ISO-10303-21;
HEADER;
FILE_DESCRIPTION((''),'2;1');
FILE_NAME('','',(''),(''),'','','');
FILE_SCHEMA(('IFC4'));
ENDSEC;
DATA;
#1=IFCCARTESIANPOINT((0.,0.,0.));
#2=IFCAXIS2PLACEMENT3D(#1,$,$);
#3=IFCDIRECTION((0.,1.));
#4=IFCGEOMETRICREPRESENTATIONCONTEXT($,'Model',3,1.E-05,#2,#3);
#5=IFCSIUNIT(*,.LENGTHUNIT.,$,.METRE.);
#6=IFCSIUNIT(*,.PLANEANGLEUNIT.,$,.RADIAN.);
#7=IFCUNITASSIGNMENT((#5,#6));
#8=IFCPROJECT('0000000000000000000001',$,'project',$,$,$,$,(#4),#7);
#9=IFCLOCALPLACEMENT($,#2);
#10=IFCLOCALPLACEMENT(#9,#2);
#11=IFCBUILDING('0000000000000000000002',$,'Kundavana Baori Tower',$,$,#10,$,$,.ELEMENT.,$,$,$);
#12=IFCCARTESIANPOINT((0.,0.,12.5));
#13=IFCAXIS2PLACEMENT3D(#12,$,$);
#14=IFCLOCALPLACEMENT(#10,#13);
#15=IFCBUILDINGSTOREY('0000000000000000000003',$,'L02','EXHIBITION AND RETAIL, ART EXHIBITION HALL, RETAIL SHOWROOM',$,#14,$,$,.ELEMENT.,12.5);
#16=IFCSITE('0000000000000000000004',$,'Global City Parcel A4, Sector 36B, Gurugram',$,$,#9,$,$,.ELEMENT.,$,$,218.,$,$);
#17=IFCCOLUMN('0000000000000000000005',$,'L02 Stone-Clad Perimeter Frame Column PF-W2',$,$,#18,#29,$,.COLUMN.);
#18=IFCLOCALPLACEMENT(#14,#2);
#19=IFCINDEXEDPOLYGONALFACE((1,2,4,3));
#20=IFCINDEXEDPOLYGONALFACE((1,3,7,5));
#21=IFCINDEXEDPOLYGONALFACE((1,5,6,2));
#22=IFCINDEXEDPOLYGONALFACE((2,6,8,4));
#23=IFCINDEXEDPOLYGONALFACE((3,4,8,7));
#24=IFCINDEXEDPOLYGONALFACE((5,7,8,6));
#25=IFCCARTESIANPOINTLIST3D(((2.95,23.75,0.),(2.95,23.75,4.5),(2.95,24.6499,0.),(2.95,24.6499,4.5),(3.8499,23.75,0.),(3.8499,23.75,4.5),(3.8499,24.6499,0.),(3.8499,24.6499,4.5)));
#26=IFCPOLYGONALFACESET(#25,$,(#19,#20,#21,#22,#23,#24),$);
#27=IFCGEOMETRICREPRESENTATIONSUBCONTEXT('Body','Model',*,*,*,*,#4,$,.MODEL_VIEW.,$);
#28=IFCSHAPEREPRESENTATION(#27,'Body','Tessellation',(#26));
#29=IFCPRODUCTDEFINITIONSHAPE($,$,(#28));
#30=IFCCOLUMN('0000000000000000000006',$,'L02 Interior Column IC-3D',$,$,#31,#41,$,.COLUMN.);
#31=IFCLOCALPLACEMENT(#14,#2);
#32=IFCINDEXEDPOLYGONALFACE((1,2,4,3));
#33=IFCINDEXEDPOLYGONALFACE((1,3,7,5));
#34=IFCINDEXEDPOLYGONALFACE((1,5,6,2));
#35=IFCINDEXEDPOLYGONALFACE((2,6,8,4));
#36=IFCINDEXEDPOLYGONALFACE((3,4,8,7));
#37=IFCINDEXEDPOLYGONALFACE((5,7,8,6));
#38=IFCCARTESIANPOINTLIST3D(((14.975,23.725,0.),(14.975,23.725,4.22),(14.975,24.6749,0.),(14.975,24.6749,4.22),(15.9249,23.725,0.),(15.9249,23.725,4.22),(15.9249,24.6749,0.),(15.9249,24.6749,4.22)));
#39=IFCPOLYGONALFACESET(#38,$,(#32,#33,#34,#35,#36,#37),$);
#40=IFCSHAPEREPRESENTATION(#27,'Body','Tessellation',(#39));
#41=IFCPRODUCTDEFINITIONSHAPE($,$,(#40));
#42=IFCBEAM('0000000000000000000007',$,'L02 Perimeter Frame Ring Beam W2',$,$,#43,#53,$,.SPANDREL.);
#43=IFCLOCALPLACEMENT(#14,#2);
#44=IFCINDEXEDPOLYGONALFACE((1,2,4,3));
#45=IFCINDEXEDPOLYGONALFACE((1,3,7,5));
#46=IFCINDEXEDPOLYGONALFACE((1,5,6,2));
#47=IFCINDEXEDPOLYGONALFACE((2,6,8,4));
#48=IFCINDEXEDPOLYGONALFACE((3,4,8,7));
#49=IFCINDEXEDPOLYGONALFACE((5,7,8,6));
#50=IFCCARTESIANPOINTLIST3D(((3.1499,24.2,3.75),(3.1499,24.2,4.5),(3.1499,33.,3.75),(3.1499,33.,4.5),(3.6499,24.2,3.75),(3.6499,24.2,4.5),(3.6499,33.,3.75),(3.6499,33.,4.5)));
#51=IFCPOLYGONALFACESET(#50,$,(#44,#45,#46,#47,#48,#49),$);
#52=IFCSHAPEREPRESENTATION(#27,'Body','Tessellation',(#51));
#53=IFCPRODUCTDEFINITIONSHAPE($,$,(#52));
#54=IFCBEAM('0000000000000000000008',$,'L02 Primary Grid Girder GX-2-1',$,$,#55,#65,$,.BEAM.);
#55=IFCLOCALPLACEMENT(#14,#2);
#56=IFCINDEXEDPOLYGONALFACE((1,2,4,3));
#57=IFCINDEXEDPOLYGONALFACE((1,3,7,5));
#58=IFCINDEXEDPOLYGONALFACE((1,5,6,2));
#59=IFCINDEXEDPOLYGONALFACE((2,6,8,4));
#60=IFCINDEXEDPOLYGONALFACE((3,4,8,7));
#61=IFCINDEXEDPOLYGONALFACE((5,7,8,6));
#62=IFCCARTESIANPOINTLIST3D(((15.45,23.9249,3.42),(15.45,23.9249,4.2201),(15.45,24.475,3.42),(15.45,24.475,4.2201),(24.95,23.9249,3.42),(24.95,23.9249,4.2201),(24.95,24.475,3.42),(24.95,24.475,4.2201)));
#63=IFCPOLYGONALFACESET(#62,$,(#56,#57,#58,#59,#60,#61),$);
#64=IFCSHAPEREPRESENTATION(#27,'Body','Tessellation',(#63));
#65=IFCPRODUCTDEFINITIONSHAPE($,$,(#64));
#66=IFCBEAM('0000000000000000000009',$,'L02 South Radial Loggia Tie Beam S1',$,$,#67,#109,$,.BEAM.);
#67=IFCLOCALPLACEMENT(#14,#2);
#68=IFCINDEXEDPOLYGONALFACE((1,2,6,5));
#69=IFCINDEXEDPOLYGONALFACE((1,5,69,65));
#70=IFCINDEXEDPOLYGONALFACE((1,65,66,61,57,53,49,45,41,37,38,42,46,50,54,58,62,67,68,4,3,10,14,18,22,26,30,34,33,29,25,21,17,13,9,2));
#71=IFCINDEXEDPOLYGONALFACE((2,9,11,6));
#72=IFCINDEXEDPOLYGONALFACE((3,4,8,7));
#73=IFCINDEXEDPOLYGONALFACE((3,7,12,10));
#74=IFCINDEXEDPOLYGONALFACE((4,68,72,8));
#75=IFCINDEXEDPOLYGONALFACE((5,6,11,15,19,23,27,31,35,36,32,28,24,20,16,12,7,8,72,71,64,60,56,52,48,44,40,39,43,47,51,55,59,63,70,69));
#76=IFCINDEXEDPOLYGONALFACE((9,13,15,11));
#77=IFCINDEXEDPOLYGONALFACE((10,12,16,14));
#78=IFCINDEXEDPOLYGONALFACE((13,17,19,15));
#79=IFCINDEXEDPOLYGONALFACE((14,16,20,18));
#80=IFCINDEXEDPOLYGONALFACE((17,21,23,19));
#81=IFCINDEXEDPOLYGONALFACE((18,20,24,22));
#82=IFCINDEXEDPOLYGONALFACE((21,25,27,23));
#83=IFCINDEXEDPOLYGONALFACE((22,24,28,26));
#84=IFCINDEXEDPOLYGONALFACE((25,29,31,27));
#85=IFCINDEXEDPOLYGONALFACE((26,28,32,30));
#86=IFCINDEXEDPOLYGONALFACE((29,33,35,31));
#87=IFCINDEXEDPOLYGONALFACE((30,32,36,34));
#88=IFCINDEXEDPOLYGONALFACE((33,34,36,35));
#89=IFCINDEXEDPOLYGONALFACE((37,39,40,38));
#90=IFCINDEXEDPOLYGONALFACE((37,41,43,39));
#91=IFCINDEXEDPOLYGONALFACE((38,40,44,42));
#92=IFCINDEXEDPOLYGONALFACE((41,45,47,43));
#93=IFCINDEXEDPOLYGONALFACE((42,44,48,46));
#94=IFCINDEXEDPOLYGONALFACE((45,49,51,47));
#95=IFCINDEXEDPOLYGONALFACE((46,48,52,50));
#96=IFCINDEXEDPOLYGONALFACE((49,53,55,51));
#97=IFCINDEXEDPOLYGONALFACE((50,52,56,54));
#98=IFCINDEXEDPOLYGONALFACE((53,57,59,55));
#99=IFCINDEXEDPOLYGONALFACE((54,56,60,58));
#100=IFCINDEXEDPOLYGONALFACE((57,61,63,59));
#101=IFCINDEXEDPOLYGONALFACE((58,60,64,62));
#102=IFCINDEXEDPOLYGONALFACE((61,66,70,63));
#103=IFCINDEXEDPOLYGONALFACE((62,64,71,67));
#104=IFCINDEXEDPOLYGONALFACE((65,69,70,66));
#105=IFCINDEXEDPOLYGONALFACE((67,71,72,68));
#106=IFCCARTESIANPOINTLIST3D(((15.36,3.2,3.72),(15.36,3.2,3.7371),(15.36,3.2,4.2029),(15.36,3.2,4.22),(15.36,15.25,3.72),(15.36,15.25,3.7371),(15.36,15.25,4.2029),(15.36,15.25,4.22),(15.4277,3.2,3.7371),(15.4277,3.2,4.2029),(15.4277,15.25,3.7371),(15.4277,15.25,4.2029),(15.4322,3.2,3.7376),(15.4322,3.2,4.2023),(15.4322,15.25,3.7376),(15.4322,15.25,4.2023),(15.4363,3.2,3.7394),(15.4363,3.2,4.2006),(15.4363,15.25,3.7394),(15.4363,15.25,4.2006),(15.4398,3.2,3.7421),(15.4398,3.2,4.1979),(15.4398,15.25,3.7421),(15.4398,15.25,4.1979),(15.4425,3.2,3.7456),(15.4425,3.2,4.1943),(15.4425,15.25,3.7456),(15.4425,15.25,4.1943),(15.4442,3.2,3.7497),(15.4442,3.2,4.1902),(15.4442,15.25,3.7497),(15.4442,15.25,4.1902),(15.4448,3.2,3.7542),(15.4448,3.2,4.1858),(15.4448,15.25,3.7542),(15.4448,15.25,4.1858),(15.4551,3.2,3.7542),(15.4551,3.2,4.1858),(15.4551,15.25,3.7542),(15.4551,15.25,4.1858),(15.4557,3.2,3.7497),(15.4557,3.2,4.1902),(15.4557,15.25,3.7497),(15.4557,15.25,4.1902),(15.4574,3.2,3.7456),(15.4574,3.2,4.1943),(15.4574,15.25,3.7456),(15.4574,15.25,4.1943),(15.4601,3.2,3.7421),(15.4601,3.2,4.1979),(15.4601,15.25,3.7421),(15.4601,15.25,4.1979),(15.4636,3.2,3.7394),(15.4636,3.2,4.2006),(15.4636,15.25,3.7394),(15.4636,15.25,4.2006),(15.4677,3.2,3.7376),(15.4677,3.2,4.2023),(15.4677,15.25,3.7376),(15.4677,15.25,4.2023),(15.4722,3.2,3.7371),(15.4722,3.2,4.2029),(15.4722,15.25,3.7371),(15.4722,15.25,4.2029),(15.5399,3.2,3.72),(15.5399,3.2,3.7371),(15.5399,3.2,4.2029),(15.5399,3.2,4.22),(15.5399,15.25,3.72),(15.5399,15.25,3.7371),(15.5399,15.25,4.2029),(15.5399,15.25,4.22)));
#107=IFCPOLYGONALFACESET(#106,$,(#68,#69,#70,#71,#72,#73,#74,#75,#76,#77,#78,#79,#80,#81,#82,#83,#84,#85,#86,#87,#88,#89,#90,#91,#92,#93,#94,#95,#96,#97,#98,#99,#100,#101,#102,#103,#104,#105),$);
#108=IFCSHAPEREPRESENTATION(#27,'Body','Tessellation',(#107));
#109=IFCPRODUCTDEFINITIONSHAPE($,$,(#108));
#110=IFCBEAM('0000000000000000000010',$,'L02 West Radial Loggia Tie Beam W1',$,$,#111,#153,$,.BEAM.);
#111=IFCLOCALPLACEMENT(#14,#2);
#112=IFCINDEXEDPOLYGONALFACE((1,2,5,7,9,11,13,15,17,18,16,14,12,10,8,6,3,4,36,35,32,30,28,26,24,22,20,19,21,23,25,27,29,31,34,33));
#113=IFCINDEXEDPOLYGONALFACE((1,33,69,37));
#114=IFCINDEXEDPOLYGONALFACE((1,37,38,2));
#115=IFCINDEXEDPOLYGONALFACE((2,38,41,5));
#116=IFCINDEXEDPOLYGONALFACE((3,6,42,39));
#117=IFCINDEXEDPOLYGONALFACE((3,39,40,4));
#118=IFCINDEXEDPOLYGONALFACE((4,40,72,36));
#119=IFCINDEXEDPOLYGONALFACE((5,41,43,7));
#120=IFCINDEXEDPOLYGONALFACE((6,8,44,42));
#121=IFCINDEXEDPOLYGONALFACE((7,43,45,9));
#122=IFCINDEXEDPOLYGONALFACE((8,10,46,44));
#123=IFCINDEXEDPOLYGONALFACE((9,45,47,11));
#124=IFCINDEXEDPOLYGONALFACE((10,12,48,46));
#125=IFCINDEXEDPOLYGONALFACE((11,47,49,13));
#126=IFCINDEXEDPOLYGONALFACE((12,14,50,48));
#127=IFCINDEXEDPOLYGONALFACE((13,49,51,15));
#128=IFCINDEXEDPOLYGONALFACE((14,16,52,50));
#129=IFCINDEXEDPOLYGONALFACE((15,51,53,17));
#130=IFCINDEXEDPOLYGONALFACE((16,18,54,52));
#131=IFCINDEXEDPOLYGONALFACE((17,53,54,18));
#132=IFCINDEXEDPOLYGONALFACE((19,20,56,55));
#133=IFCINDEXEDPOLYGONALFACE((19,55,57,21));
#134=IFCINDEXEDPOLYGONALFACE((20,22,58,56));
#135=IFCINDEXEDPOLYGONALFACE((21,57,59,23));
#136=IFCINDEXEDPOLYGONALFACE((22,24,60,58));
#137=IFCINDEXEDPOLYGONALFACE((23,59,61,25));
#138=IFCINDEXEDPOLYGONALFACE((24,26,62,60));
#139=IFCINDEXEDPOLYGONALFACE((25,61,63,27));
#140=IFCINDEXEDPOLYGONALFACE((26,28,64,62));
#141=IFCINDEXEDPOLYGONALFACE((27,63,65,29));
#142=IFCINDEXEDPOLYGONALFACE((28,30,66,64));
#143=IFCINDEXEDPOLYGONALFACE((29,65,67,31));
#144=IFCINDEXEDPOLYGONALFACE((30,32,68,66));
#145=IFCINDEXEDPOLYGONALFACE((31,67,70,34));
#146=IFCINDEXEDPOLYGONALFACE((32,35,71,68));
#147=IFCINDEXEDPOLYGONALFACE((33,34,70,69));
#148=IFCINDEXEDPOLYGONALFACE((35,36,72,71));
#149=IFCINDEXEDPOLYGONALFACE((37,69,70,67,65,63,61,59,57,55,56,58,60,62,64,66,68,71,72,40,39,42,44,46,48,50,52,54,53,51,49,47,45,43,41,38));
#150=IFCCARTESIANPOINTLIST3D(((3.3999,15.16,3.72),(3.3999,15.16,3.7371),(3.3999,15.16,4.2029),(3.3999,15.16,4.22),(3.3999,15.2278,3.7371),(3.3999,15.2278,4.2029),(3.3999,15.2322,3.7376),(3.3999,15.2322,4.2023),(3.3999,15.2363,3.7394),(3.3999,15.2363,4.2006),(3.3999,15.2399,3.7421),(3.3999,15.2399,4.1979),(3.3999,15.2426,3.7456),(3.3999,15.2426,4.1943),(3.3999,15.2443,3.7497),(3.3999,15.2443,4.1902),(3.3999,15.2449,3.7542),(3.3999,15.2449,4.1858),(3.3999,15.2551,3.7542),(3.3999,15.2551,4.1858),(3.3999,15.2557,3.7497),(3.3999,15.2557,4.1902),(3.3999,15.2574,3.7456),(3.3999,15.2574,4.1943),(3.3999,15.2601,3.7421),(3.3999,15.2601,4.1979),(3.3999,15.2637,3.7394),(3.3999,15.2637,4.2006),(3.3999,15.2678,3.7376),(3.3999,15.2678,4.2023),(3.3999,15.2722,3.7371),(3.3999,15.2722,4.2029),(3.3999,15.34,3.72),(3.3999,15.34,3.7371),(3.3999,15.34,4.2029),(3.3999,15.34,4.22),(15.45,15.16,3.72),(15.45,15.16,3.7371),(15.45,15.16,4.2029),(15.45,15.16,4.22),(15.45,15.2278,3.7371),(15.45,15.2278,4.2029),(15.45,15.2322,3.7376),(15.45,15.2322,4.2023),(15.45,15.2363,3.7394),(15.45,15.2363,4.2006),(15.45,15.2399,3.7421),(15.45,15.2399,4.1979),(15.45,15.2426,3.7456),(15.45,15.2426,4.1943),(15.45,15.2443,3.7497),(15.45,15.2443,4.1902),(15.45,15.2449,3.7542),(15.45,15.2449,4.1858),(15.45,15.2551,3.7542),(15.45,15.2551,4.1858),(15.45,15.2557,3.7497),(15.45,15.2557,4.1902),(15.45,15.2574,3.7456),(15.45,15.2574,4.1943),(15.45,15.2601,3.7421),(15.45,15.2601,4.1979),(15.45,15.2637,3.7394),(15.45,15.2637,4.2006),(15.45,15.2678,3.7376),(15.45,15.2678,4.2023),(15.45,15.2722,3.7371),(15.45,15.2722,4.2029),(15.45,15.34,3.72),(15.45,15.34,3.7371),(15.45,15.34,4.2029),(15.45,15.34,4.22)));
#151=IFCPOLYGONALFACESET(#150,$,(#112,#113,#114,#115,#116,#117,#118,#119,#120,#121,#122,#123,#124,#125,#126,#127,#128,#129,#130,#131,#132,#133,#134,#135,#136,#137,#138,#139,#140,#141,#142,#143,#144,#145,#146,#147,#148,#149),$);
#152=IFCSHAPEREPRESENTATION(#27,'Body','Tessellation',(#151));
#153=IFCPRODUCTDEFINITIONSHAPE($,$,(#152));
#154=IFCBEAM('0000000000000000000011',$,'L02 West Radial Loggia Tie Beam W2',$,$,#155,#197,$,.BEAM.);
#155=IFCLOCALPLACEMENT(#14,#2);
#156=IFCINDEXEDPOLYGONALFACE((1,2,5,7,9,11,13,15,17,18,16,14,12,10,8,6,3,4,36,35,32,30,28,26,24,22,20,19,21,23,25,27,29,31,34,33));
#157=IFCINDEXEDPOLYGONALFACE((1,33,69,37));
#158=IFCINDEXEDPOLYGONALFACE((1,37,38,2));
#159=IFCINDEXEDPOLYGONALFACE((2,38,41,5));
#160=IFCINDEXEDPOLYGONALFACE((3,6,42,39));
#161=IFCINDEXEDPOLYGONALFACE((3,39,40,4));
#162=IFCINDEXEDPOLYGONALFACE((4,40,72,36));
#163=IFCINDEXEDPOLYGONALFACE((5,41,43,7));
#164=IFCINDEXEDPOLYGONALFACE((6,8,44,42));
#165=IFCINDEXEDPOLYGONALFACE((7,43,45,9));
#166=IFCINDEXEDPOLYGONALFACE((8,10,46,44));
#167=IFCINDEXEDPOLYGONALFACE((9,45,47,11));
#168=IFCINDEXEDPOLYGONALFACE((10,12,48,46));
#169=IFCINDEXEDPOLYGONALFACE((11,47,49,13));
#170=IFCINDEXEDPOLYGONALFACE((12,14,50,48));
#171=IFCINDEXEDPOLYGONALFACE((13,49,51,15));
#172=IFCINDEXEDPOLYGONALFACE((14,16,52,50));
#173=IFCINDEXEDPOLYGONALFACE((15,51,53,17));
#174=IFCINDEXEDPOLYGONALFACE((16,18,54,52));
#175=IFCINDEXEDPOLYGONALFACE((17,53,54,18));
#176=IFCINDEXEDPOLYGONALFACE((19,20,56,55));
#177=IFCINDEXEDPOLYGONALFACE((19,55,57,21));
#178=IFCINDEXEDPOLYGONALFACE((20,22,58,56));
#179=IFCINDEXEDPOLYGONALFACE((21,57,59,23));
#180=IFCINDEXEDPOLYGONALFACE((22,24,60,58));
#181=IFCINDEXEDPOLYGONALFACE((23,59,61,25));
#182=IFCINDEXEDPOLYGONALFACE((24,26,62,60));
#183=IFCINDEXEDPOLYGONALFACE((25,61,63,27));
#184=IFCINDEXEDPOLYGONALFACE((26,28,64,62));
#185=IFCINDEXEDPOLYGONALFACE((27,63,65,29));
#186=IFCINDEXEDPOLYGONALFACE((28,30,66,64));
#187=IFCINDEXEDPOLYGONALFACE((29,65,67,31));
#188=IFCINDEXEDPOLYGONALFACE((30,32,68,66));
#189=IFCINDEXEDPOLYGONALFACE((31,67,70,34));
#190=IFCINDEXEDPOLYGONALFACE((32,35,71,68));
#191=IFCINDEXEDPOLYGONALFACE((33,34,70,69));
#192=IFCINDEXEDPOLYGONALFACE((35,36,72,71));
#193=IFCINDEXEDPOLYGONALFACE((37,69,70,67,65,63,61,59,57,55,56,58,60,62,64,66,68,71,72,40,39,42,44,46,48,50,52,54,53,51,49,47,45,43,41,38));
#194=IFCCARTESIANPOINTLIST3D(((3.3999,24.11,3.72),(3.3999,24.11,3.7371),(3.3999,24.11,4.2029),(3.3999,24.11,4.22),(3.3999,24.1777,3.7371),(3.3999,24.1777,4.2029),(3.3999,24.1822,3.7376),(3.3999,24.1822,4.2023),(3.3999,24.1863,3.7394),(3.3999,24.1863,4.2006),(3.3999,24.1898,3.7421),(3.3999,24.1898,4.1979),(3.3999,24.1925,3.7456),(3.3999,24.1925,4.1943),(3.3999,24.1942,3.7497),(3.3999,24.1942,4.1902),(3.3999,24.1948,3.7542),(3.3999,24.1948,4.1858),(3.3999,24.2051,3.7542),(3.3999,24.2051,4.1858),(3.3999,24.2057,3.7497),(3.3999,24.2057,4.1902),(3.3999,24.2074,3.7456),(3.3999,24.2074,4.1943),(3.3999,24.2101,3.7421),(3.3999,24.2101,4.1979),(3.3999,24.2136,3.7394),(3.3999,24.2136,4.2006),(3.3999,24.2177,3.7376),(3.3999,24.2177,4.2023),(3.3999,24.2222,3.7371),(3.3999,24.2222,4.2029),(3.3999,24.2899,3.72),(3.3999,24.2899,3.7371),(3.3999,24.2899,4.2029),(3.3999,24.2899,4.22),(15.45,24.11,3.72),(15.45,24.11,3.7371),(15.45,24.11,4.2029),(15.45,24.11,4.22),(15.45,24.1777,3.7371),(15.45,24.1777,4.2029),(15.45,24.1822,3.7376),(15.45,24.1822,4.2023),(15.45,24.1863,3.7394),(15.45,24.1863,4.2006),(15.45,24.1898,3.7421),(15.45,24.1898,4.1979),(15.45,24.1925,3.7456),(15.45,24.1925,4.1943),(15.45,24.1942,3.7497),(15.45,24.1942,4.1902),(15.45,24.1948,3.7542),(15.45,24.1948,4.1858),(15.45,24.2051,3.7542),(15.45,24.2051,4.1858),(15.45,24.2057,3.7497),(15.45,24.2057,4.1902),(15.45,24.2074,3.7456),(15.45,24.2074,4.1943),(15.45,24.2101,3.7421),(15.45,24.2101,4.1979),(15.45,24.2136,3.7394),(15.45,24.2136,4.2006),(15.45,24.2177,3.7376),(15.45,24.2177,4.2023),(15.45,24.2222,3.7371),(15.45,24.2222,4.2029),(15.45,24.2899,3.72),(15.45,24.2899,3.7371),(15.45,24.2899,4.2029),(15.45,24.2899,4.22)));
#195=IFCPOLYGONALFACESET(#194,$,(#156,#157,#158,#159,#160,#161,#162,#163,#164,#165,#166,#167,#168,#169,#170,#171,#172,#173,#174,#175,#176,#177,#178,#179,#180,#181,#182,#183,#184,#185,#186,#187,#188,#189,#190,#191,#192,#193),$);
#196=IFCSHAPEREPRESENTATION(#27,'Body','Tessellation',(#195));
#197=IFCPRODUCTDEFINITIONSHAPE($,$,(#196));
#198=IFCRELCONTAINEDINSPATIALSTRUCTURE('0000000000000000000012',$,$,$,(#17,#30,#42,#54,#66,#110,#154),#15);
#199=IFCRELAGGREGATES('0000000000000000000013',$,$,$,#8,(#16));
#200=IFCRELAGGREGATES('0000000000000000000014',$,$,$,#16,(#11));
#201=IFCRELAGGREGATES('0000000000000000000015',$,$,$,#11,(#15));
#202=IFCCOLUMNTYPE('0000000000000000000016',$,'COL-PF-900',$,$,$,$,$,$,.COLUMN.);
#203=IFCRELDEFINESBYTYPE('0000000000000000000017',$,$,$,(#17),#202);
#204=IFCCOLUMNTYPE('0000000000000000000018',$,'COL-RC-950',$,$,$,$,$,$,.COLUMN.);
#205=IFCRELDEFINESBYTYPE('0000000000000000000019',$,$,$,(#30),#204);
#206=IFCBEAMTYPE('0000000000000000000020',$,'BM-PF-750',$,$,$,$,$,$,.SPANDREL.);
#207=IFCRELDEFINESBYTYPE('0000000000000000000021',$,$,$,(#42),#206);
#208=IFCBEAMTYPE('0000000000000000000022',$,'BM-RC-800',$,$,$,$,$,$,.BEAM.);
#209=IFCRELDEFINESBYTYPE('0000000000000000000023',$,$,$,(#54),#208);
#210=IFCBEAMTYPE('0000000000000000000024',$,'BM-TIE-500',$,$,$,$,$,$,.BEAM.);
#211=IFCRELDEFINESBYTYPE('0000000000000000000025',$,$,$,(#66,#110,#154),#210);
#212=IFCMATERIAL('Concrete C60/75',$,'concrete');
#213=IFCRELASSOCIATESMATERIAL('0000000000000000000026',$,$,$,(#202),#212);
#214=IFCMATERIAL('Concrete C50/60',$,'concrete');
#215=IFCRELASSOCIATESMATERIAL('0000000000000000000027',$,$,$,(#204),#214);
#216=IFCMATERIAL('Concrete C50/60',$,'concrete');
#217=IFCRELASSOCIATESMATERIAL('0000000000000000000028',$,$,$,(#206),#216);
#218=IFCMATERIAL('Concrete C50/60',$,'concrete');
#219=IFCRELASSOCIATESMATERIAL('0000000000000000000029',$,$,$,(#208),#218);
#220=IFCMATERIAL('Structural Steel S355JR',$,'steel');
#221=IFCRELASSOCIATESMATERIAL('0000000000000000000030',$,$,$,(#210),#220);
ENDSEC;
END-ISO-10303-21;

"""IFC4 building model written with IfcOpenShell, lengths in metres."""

from ifc_helpers import new_model, si_unit, direction, frame, origin, origin_2d, place, context, subcontext, project, spatial, rectangle, i_section, extrude, material, material_profile, profile_set, type_object, element, save


model = new_model("IFC4")

# Units and contexts
model_context = context("Model", 3, precision=1e-05, world=origin(), true_north=direction((0.0, 1.0)))
body_context = subcontext(model_context, "Body", "Model", "MODEL_VIEW")
ifc_project = project(units=[si_unit("LENGTHUNIT", "METRE"), si_unit("PLANEANGLEUNIT", "RADIAN")], contexts=[model_context])

# Site, building, storey
site_placement = place(None, origin())
site = spatial("IfcSite", under=ifc_project, at=site_placement, Name="Global City Parcel A4, Sector 36B, Gurugram", CompositionType="ELEMENT", RefElevation=218.0)
building_placement = place(site_placement, origin())
building = spatial("IfcBuilding", under=site, at=building_placement, Name="Kundavana Baori Tower", CompositionType="ELEMENT")
storey_placement = place(building_placement, frame((0.0, 0.0, 12.5)))
storey = spatial("IfcBuildingStorey", under=building, at=storey_placement, Name="L02", Description="EXHIBITION AND RETAIL, ART EXHIBITION HALL, RETAIL SHOWROOM", CompositionType="ELEMENT", Elevation=12.5)

# Columns
ifc_material_1 = material(Name="Concrete C60/75", Category="concrete")
ifc_material_profile_1 = material_profile(ifc_material_1, rectangle(XDim=0.8999, YDim=0.8999, at=origin_2d()), Name="RC PF 900x900")
ifc_profile_set_1 = profile_set([ifc_material_profile_1], Name="Concrete C60/75")
column_type_1 = type_object("IfcColumnType", Name="COL-PF-900", PredefinedType="COLUMN", material=ifc_profile_set_1)
column_1_placement = place(storey_placement, frame((3.3999, 24.2, 0.0), z_axis=(0.0, 0.0, 1.0), x_axis=(1.0, 0.0, 0.0)))
element("IfcColumn", 1, at=column_1_placement, inside=storey, type_object=column_type_1, Name="L02 Stone-Clad Perimeter Frame Column PF-W2", PredefinedType="COLUMN", context=body_context, shape_type="SweptSolid", body=[
    extrude(rectangle(XDim=0.8999, YDim=0.8999, at=origin_2d()), origin(), (0.0, 0.0, 1.0), 4.5),
])
ifc_material_2 = material(Name="Concrete C50/60", Category="concrete")
ifc_material_profile_2 = material_profile(ifc_material_2, rectangle(XDim=0.95, YDim=0.95, at=origin_2d()), Name="RC 950x950")
ifc_profile_set_2 = profile_set([ifc_material_profile_2], Name="Concrete C50/60")
column_type_2 = type_object("IfcColumnType", Name="COL-RC-950", PredefinedType="COLUMN", material=ifc_profile_set_2)
column_2_placement = place(storey_placement, frame((15.45, 24.2, 0.0), z_axis=(0.0, 0.0, 1.0), x_axis=(1.0, 0.0, 0.0)))
element("IfcColumn", 2, at=column_2_placement, inside=storey, type_object=column_type_2, Name="L02 Interior Column IC-3D", PredefinedType="COLUMN", context=body_context, shape_type="SweptSolid", body=[
    extrude(rectangle(XDim=0.95, YDim=0.95, at=origin_2d()), origin(), (0.0, 0.0, 1.0), 4.22),
])

# Beams
ifc_material_3 = material(Name="Concrete C50/60", Category="concrete")
ifc_material_profile_3 = material_profile(ifc_material_3, rectangle(XDim=0.5, YDim=0.75, at=origin_2d()), Name="RC BM 500x750")
ifc_profile_set_3 = profile_set([ifc_material_profile_3], Name="Concrete C50/60")
beam_type_1 = type_object("IfcBeamType", Name="BM-PF-750", PredefinedType="SPANDREL", material=ifc_profile_set_3)
beam_1_placement = place(storey_placement, frame((3.3999, 24.2, 4.125), z_axis=(0.0, 1.0, 0.0), x_axis=(-1.0, 0.0, 0.0)))
element("IfcBeam", 3, at=beam_1_placement, inside=storey, type_object=beam_type_1, Name="L02 Perimeter Frame Ring Beam W2", PredefinedType="SPANDREL", context=body_context, shape_type="SweptSolid", body=[
    extrude(rectangle(XDim=0.5, YDim=0.75, at=origin_2d()), origin(), (0.0, 0.0, 1.0), 8.8),
])
ifc_material_4 = material(Name="Concrete C50/60", Category="concrete")
ifc_material_profile_4 = material_profile(ifc_material_4, rectangle(XDim=0.55, YDim=0.8, at=origin_2d()), Name="RC BM 550x800")
ifc_profile_set_4 = profile_set([ifc_material_profile_4], Name="Concrete C50/60")
beam_type_2 = type_object("IfcBeamType", Name="BM-RC-800", PredefinedType="BEAM", material=ifc_profile_set_4)
beam_2_placement = place(storey_placement, frame((15.45, 24.2, 3.8201), z_axis=(1.0, 0.0, 0.0), x_axis=(0.0, 1.0, 0.0)))
element("IfcBeam", 4, at=beam_2_placement, inside=storey, type_object=beam_type_2, Name="L02 Primary Grid Girder GX-2-1", PredefinedType="BEAM", context=body_context, shape_type="SweptSolid", body=[
    extrude(rectangle(XDim=0.55, YDim=0.8, at=origin_2d()), origin(), (0.0, 0.0, 1.0), 9.5),
])
ifc_material_5 = material(Name="Structural Steel S355JR", Category="steel")
ifc_material_profile_5 = material_profile(ifc_material_5, i_section(OverallWidth=0.1799, OverallDepth=0.5, WebThickness=0.0103, FlangeThickness=0.0171, FilletRadius=0.0171, at=origin_2d()), Name="ISMB 500")
ifc_profile_set_5 = profile_set([ifc_material_profile_5], Name="Structural Steel S355JR")
beam_type_3 = type_object("IfcBeamType", Name="BM-TIE-500", PredefinedType="BEAM", material=ifc_profile_set_5)
for number, where, z_axis, x_axis, name in (
    (5, (15.45, 15.25, 3.97), (0.0, -1.0, 0.0), (1.0, 0.0, 0.0), "L02 South Radial Loggia Tie Beam S1"),
    (6, (15.45, 15.25, 3.97), (-1.0, 0.0, 0.0), (0.0, -1.0, 0.0), "L02 West Radial Loggia Tie Beam W1"),
    (7, (15.45, 24.2, 3.97), (-1.0, 0.0, 0.0), (0.0, -1.0, 0.0), "L02 West Radial Loggia Tie Beam W2"),
):
    element("IfcBeam", number, at=place(storey_placement, frame(where, z_axis=z_axis, x_axis=x_axis)), inside=storey, type_object=beam_type_3, Name=name, PredefinedType="BEAM", context=body_context, shape_type="SweptSolid", body=[
        extrude(i_section(OverallWidth=0.1799, OverallDepth=0.5, WebThickness=0.0103, FlangeThickness=0.0171, FilletRadius=0.0171, at=origin_2d()), origin(), (0.0, 0.0, 1.0), 12.05),
    ])

save(model, "model.ifc")
